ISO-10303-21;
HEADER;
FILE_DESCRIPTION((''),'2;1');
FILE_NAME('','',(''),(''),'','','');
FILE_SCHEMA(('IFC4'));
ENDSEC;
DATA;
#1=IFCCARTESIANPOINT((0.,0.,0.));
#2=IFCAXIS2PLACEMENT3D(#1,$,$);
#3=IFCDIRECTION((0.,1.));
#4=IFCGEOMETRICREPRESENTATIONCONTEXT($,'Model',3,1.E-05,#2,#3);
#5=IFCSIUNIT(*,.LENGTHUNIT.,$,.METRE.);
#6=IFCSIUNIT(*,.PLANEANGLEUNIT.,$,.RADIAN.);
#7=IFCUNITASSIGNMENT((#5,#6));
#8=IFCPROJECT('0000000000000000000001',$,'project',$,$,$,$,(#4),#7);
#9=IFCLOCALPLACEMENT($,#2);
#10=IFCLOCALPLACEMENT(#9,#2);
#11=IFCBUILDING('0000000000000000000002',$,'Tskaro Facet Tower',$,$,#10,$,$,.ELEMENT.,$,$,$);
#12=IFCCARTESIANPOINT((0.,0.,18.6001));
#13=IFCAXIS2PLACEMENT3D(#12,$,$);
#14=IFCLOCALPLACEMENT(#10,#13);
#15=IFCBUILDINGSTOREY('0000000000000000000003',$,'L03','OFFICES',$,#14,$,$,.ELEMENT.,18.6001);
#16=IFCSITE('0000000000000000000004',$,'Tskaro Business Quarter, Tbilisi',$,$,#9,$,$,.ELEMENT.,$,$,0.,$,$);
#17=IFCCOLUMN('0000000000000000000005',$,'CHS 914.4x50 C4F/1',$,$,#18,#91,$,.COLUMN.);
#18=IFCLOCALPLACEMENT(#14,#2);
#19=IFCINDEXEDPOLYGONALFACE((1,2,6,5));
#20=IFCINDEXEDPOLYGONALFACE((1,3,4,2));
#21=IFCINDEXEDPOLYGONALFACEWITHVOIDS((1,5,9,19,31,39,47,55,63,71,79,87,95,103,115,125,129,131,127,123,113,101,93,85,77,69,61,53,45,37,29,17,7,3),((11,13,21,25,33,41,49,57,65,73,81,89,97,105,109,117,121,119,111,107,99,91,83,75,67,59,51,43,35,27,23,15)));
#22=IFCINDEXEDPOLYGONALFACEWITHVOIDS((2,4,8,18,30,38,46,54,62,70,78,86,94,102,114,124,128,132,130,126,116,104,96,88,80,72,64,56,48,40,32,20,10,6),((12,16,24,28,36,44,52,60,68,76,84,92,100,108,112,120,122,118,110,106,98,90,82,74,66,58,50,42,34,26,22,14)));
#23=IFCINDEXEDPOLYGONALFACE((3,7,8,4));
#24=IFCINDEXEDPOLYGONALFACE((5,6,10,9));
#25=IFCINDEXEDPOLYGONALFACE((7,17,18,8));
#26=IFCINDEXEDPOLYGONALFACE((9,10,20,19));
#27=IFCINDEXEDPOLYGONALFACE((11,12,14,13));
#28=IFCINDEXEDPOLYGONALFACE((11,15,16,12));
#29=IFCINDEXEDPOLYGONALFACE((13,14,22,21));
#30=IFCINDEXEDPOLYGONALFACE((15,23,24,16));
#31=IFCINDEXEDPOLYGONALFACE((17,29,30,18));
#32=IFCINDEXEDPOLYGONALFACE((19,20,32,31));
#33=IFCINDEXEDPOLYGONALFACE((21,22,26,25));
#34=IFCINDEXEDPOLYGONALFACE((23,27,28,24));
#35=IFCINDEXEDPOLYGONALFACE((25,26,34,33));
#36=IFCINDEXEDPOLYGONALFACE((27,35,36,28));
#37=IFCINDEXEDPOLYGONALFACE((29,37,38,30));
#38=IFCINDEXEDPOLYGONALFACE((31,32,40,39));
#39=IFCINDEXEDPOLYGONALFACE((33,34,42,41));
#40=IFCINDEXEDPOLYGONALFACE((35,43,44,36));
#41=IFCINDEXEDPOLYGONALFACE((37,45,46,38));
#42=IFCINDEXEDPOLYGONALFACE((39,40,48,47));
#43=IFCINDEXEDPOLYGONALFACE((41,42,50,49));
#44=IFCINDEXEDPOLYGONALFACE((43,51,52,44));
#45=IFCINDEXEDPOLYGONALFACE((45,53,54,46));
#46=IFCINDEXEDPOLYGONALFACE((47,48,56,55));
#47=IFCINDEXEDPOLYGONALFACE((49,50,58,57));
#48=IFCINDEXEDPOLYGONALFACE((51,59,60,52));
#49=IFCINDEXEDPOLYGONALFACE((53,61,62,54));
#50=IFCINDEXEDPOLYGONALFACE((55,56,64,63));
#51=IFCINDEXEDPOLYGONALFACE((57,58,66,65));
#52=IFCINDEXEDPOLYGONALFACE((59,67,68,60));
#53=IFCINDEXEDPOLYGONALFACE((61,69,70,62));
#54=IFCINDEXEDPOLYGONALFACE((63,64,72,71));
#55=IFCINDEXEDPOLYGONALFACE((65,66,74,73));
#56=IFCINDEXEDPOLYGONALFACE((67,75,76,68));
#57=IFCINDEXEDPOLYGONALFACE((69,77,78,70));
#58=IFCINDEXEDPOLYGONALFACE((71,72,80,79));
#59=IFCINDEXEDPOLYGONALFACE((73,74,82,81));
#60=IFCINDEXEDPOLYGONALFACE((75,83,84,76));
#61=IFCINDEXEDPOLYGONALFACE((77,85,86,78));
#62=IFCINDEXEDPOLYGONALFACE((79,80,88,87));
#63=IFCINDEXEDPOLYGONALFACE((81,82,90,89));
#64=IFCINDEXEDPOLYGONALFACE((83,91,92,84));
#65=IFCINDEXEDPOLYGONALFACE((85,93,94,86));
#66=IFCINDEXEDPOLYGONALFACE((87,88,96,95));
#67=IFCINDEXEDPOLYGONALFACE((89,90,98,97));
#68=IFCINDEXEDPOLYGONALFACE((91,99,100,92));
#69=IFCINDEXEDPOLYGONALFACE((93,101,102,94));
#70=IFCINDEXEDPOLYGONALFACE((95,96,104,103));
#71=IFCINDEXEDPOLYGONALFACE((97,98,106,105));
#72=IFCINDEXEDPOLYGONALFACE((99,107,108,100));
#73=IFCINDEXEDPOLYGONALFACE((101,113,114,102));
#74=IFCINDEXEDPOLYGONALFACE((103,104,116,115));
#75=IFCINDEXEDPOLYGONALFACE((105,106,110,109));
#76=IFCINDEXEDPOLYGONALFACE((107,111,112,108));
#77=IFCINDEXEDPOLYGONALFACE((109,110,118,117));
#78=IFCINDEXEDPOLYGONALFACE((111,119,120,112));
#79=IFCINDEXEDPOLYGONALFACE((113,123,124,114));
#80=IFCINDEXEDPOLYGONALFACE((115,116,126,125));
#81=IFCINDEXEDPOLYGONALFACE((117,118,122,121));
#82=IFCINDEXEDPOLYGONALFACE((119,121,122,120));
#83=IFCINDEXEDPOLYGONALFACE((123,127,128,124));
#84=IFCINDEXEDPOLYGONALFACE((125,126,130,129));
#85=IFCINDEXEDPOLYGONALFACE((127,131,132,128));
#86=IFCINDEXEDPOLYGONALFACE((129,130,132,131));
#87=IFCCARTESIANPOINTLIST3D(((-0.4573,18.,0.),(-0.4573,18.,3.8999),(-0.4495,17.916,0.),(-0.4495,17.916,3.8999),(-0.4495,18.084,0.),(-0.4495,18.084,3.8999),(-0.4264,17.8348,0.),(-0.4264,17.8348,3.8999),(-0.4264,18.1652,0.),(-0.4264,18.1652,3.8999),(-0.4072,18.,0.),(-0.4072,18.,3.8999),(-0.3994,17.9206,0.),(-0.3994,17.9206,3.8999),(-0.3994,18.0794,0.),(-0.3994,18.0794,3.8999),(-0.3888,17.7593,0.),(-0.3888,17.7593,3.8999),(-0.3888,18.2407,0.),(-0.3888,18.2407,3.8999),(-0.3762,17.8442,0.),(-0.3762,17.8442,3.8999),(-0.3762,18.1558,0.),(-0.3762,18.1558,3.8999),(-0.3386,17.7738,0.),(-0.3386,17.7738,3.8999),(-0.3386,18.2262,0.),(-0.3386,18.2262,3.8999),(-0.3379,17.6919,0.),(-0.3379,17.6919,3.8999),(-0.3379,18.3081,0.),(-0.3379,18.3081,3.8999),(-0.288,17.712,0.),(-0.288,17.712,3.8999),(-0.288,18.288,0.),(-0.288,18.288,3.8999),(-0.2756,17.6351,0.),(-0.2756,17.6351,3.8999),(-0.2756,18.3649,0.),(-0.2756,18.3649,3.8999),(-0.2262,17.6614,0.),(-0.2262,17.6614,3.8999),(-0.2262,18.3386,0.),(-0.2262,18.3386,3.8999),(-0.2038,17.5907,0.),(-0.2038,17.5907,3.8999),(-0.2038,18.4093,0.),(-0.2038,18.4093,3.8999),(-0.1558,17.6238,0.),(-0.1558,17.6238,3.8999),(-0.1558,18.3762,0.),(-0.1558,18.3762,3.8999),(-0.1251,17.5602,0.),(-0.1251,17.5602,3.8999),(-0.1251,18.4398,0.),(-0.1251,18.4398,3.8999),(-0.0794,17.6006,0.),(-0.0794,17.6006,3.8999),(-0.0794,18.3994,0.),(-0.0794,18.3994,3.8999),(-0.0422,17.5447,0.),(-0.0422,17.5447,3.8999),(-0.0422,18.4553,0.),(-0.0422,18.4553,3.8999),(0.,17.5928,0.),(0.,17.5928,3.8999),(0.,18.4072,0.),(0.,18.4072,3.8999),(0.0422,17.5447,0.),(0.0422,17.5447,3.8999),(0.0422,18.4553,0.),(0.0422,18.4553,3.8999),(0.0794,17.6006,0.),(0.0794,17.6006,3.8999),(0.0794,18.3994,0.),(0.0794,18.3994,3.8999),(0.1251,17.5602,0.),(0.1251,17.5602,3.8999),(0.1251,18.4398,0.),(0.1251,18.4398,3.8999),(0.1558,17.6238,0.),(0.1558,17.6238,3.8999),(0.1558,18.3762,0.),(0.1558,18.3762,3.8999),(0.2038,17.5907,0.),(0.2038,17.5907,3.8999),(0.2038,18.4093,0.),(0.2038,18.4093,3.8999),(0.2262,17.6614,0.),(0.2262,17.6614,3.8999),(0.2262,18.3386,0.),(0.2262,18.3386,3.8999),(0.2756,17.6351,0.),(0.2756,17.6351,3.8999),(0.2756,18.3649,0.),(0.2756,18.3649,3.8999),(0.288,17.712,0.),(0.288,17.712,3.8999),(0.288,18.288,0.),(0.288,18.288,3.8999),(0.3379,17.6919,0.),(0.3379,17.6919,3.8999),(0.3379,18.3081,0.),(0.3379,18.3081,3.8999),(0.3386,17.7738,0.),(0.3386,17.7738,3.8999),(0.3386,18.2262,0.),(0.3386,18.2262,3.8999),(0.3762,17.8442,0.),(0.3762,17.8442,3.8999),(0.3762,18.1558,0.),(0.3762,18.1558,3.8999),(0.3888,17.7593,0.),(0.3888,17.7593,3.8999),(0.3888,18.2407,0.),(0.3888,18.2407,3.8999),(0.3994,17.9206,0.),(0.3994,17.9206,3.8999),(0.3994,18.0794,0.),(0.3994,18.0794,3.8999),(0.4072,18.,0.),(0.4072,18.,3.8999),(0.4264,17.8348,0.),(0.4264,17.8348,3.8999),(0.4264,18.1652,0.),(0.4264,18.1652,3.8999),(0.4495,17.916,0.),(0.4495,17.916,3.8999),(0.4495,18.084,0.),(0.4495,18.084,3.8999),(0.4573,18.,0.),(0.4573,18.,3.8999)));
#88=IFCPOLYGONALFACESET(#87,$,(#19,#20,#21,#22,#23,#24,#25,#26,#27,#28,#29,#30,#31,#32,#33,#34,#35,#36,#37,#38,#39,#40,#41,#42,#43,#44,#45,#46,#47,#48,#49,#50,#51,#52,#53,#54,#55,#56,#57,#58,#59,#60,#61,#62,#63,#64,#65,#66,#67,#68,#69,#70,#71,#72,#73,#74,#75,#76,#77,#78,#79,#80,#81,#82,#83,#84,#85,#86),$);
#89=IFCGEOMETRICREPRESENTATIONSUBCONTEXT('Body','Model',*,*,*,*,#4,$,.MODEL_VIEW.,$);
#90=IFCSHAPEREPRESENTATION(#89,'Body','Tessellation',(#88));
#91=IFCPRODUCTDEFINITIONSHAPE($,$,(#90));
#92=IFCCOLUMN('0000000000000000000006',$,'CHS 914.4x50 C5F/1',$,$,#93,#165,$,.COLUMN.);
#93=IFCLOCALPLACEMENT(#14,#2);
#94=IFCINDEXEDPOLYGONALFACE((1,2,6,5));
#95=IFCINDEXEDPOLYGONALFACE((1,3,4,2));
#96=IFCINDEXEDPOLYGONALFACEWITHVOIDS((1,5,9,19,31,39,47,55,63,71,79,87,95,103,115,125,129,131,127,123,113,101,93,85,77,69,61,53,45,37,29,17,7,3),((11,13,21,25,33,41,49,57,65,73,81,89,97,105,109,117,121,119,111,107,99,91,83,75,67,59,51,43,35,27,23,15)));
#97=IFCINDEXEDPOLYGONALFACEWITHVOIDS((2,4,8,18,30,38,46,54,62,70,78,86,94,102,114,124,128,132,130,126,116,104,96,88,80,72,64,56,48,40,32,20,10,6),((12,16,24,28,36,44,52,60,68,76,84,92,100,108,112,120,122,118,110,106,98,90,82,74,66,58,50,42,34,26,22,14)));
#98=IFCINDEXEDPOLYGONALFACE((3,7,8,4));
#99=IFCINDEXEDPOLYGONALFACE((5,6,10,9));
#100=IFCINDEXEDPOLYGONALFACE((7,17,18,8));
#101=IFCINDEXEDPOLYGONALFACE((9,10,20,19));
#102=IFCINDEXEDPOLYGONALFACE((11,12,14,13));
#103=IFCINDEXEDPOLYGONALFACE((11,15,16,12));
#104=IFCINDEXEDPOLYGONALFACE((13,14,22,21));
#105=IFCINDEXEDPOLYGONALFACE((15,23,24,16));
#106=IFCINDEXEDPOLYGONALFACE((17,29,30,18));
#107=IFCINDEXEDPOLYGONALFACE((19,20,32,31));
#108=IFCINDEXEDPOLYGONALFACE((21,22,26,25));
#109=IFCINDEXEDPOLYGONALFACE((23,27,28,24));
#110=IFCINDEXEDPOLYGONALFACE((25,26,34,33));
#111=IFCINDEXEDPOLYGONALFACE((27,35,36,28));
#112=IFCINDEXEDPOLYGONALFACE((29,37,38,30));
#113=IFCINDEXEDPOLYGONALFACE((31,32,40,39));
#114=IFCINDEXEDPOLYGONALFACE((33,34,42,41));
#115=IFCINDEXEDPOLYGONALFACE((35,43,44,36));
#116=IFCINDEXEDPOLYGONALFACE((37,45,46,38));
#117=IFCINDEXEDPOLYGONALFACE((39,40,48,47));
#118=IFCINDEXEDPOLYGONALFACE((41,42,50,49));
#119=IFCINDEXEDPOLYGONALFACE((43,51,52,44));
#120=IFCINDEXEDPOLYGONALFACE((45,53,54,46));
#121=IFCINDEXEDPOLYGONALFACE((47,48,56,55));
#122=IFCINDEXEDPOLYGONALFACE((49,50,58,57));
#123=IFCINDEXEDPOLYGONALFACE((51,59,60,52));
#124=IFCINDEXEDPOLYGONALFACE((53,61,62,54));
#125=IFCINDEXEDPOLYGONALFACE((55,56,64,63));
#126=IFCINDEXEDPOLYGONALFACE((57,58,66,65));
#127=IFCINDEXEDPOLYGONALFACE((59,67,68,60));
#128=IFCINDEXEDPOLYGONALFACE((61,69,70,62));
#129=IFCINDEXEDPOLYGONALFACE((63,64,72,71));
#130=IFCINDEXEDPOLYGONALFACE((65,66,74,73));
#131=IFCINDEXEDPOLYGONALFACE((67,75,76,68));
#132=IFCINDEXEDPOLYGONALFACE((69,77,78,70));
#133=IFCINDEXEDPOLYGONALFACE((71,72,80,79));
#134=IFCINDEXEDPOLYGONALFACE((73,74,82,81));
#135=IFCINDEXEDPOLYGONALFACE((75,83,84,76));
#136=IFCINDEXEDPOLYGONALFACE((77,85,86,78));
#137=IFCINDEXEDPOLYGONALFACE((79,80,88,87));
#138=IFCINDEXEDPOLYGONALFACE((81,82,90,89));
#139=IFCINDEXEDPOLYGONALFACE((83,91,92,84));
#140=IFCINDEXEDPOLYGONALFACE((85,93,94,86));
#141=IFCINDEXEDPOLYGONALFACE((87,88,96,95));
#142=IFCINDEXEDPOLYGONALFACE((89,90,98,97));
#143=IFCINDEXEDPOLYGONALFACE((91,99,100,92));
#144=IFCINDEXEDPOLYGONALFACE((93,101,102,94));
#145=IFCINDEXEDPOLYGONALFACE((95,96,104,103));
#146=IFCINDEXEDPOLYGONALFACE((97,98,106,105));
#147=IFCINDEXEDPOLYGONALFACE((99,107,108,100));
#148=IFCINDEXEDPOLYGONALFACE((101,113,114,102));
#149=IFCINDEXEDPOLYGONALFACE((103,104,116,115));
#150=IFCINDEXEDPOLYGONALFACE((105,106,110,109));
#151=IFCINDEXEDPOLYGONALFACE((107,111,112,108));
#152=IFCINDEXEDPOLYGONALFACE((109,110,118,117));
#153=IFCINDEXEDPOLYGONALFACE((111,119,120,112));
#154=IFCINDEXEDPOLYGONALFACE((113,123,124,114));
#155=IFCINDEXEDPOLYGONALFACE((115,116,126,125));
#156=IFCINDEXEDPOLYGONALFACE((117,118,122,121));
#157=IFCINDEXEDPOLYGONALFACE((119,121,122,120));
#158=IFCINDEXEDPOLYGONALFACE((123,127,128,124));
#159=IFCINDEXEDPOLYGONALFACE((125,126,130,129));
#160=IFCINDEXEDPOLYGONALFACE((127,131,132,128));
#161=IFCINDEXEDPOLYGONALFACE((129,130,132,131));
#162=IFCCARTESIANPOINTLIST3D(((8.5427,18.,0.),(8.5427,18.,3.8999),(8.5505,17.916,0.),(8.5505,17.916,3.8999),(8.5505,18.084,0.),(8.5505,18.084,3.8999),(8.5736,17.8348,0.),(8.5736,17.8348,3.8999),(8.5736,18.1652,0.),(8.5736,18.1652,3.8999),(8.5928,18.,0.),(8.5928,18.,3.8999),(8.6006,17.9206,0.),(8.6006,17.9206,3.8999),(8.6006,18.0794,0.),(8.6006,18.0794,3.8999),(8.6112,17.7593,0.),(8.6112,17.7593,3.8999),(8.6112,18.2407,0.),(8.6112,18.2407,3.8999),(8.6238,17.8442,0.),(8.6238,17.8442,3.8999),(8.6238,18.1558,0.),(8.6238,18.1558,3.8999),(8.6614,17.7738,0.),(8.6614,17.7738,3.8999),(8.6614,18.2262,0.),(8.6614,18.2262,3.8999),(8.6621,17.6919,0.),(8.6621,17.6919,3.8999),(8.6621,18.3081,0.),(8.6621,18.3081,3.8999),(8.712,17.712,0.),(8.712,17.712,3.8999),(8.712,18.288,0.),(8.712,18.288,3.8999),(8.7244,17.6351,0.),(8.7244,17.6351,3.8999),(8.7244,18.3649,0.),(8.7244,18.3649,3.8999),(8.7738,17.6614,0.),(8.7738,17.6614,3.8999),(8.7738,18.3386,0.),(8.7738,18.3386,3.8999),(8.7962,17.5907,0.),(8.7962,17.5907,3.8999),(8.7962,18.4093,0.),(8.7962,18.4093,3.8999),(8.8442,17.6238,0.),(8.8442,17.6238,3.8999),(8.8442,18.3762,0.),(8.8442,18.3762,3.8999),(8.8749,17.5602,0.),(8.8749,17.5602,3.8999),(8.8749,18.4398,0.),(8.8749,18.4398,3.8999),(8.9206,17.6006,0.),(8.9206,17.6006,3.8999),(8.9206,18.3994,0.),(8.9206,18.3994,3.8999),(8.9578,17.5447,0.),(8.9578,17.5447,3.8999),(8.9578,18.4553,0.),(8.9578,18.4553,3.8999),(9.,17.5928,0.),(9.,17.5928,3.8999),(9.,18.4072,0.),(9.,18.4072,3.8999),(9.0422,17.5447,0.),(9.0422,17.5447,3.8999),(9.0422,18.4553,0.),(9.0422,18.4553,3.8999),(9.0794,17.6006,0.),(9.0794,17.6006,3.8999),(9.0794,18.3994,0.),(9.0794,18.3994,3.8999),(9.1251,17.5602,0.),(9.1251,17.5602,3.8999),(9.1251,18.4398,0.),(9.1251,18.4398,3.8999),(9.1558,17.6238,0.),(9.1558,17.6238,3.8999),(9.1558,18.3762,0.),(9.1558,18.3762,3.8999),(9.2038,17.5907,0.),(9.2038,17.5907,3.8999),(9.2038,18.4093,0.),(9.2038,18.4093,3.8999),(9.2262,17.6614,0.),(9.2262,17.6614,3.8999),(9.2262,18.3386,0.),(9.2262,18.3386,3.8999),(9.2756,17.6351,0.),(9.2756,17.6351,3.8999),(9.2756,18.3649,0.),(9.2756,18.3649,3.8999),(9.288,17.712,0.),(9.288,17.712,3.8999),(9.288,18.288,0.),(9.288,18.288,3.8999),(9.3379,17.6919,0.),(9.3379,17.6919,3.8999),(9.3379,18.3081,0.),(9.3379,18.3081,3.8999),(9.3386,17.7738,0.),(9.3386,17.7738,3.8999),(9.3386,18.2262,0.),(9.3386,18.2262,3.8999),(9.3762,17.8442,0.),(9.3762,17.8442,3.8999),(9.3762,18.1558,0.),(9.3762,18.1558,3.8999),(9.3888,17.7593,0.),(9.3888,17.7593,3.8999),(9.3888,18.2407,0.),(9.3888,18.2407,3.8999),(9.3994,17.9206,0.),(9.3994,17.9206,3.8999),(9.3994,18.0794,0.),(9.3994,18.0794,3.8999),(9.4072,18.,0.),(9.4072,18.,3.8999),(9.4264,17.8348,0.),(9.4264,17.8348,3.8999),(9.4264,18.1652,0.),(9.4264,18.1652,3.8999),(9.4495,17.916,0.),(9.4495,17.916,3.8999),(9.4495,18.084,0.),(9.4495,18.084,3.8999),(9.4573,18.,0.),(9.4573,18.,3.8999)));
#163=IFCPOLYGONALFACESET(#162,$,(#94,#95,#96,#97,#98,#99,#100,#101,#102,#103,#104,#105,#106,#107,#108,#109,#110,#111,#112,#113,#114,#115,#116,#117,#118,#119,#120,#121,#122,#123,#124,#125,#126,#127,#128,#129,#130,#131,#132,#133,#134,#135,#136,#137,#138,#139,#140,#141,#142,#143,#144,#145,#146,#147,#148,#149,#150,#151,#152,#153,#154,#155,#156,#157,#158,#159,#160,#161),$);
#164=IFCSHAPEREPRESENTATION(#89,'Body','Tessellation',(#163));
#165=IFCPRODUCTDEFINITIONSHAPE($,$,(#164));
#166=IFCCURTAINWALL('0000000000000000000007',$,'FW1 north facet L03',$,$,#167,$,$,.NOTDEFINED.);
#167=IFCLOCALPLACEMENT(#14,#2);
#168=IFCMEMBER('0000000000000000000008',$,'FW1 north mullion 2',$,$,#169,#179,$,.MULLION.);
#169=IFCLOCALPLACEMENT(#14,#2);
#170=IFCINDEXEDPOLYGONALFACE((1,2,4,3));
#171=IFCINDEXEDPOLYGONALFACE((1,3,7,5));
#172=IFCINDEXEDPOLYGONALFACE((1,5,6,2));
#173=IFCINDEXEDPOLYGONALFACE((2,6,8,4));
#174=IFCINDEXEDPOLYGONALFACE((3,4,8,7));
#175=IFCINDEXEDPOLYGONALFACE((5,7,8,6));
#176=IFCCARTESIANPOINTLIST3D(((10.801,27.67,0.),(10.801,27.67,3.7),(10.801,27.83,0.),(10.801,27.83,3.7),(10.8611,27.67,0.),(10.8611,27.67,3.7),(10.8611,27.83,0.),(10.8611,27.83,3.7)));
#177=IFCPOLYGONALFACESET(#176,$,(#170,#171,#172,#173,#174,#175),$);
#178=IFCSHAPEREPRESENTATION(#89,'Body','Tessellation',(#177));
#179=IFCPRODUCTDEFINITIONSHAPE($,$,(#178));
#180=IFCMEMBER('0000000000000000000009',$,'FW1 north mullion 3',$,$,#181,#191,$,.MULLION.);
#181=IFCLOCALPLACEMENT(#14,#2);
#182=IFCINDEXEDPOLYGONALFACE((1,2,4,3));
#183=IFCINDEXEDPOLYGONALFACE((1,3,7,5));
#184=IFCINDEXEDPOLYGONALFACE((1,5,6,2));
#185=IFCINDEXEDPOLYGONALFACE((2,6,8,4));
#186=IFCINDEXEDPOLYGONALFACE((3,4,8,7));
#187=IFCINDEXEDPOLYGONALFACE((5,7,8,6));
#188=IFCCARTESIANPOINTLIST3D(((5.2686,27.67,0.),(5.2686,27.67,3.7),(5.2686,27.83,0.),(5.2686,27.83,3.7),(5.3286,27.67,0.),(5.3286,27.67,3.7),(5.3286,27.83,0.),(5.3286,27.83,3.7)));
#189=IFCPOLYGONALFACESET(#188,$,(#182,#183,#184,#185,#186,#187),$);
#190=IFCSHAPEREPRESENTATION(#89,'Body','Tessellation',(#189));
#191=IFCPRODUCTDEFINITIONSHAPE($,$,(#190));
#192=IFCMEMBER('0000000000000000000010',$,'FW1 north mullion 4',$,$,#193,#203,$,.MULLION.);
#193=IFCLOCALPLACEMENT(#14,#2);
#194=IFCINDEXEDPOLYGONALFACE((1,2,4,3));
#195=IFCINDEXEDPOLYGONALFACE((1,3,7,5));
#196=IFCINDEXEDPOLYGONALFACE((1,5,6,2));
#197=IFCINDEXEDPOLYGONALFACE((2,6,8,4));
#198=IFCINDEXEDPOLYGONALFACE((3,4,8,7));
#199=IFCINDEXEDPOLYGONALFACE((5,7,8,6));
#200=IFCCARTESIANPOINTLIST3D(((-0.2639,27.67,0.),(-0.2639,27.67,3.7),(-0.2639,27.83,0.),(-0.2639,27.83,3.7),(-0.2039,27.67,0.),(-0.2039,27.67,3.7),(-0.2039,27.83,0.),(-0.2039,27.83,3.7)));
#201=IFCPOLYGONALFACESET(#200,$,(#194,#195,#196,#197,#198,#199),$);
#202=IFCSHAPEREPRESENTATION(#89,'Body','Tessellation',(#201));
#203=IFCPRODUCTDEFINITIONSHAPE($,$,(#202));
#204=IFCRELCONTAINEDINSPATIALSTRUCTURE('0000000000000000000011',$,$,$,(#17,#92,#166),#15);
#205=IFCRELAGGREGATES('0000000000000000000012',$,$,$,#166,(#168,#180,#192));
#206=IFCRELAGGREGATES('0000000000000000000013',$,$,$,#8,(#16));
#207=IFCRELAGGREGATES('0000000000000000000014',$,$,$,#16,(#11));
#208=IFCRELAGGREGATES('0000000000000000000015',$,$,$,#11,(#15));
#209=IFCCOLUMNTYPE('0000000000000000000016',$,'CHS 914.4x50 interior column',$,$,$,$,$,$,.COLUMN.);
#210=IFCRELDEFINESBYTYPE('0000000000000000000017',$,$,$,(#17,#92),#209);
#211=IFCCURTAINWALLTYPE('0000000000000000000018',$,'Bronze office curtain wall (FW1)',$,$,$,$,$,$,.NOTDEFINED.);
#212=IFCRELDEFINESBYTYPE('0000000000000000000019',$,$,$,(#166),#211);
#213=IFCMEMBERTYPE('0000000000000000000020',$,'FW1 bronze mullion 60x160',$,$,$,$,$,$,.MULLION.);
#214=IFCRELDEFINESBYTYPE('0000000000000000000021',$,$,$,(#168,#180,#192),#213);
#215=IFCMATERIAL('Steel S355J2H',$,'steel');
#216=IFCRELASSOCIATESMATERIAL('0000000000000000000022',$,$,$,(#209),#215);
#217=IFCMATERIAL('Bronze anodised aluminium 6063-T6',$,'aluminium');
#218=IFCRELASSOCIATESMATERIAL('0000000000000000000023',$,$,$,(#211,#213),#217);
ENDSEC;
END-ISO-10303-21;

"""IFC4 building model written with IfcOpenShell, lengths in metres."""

from ifc_helpers import new_model, si_unit, direction, frame, origin, origin_2d, place, context, subcontext, project, spatial, rectangle, hollow_circle, extrude, material, material_profile, profile_set, type_object, element, aggregate, save


model = new_model("IFC4")

# Units and contexts
model_context = context("Model", 3, precision=1e-05, world=origin(), true_north=direction((0.0, 1.0)))
body_context = subcontext(model_context, "Body", "Model", "MODEL_VIEW")
ifc_project = project(units=[si_unit("LENGTHUNIT", "METRE"), si_unit("PLANEANGLEUNIT", "RADIAN")], contexts=[model_context])

# Site, building, storey
site_placement = place(None, origin())
site = spatial("IfcSite", under=ifc_project, at=site_placement, Name="Tskaro Business Quarter, Tbilisi", CompositionType="ELEMENT", RefElevation=0.0)
building_placement = place(site_placement, origin())
building = spatial("IfcBuilding", under=site, at=building_placement, Name="Tskaro Facet Tower", CompositionType="ELEMENT")
storey_placement = place(building_placement, frame((0.0, 0.0, 18.6001)))
storey = spatial("IfcBuildingStorey", under=building, at=storey_placement, Name="L03", Description="OFFICES", CompositionType="ELEMENT", Elevation=18.6001)

# Columns
ifc_material_1 = material(Name="Steel S355J2H", Category="steel")
ifc_material_profile_1 = material_profile(ifc_material_1, hollow_circle(Radius=0.4573, WallThickness=0.05, at=origin_2d()), Name="CHS 914.4x50")
ifc_profile_set_1 = profile_set([ifc_material_profile_1], Name="Steel S355J2H")
column_type_1 = type_object("IfcColumnType", Name="CHS 914.4x50 interior column", PredefinedType="COLUMN", material=ifc_profile_set_1)
for number, where, z_axis, x_axis, name in (
    (1, (0.0, 18.0, 0.0), (0.0, 0.0, 1.0), (1.0, 0.0, 0.0), "CHS 914.4x50 C4F/1"),
    (2, (9.0, 18.0, 0.0), (0.0, 0.0, 1.0), (1.0, 0.0, 0.0), "CHS 914.4x50 C5F/1"),
):
    element("IfcColumn", number, at=place(storey_placement, frame(where, z_axis=z_axis, x_axis=x_axis)), inside=storey, type_object=column_type_1, Name=name, PredefinedType="COLUMN", context=body_context, shape_type="SweptSolid", body=[
        extrude(hollow_circle(Radius=0.4573, WallThickness=0.05, at=origin_2d()), origin(), (0.0, 0.0, 1.0), 3.8999),
    ])

# Curtain wall, members
ifc_material_2 = material(Name="Bronze anodised aluminium 6063-T6", Category="aluminium")
curtain_wall_type = type_object("IfcCurtainWallType", Name="Bronze office curtain wall (FW1)", PredefinedType="NOTDEFINED", material=ifc_material_2)
curtain_wall_placement = place(storey_placement, origin())
curtain_wall = element("IfcCurtainWall", 3, at=curtain_wall_placement, inside=storey, type_object=curtain_wall_type, Name="FW1 north facet L03", PredefinedType="NOTDEFINED")
ifc_material_profile_2 = material_profile(ifc_material_2, rectangle(XDim=0.0601, YDim=0.1599, at=origin_2d()), Name="Mullion 60x160")
ifc_profile_set_2 = profile_set([ifc_material_profile_2], Name="Bronze anodised aluminium 6063-T6")
member_type_1 = type_object("IfcMemberType", Name="FW1 bronze mullion 60x160", PredefinedType="MULLION", material=ifc_profile_set_2)
member_1_placement = place(storey_placement, frame((10.8311, 27.75, 0.0), z_axis=(0.0, 0.0, 1.0), x_axis=(-1.0, 0.0, 0.0)))
member_1 = element("IfcMember", 4, at=member_1_placement, type_object=member_type_1, Name="FW1 north mullion 2", PredefinedType="MULLION", context=body_context, shape_type="SweptSolid", body=[
    extrude(rectangle(XDim=0.0601, YDim=0.1599, at=origin_2d()), origin(), (0.0, 0.0, 1.0), 3.7),
])
member_2_placement = place(storey_placement, frame((5.2986, 27.75, 0.0), z_axis=(0.0, 0.0, 1.0), x_axis=(-1.0, 0.0, 0.0)))
member_2 = element("IfcMember", 5, at=member_2_placement, type_object=member_type_1, Name="FW1 north mullion 3", PredefinedType="MULLION", context=body_context, shape_type="SweptSolid", body=[
    extrude(rectangle(XDim=0.0601, YDim=0.1599, at=origin_2d()), origin(), (0.0, 0.0, 1.0), 3.7),
])
member_3_placement = place(storey_placement, frame((-0.2339, 27.75, 0.0), z_axis=(0.0, 0.0, 1.0), x_axis=(-1.0, 0.0, 0.0)))
member_3 = element("IfcMember", 6, at=member_3_placement, type_object=member_type_1, Name="FW1 north mullion 4", PredefinedType="MULLION", context=body_context, shape_type="SweptSolid", body=[
    extrude(rectangle(XDim=0.0601, YDim=0.1599, at=origin_2d()), origin(), (0.0, 0.0, 1.0), 3.7),
])

aggregate(curtain_wall, [member_1, member_2, member_3])

save(model, "model.ifc")
